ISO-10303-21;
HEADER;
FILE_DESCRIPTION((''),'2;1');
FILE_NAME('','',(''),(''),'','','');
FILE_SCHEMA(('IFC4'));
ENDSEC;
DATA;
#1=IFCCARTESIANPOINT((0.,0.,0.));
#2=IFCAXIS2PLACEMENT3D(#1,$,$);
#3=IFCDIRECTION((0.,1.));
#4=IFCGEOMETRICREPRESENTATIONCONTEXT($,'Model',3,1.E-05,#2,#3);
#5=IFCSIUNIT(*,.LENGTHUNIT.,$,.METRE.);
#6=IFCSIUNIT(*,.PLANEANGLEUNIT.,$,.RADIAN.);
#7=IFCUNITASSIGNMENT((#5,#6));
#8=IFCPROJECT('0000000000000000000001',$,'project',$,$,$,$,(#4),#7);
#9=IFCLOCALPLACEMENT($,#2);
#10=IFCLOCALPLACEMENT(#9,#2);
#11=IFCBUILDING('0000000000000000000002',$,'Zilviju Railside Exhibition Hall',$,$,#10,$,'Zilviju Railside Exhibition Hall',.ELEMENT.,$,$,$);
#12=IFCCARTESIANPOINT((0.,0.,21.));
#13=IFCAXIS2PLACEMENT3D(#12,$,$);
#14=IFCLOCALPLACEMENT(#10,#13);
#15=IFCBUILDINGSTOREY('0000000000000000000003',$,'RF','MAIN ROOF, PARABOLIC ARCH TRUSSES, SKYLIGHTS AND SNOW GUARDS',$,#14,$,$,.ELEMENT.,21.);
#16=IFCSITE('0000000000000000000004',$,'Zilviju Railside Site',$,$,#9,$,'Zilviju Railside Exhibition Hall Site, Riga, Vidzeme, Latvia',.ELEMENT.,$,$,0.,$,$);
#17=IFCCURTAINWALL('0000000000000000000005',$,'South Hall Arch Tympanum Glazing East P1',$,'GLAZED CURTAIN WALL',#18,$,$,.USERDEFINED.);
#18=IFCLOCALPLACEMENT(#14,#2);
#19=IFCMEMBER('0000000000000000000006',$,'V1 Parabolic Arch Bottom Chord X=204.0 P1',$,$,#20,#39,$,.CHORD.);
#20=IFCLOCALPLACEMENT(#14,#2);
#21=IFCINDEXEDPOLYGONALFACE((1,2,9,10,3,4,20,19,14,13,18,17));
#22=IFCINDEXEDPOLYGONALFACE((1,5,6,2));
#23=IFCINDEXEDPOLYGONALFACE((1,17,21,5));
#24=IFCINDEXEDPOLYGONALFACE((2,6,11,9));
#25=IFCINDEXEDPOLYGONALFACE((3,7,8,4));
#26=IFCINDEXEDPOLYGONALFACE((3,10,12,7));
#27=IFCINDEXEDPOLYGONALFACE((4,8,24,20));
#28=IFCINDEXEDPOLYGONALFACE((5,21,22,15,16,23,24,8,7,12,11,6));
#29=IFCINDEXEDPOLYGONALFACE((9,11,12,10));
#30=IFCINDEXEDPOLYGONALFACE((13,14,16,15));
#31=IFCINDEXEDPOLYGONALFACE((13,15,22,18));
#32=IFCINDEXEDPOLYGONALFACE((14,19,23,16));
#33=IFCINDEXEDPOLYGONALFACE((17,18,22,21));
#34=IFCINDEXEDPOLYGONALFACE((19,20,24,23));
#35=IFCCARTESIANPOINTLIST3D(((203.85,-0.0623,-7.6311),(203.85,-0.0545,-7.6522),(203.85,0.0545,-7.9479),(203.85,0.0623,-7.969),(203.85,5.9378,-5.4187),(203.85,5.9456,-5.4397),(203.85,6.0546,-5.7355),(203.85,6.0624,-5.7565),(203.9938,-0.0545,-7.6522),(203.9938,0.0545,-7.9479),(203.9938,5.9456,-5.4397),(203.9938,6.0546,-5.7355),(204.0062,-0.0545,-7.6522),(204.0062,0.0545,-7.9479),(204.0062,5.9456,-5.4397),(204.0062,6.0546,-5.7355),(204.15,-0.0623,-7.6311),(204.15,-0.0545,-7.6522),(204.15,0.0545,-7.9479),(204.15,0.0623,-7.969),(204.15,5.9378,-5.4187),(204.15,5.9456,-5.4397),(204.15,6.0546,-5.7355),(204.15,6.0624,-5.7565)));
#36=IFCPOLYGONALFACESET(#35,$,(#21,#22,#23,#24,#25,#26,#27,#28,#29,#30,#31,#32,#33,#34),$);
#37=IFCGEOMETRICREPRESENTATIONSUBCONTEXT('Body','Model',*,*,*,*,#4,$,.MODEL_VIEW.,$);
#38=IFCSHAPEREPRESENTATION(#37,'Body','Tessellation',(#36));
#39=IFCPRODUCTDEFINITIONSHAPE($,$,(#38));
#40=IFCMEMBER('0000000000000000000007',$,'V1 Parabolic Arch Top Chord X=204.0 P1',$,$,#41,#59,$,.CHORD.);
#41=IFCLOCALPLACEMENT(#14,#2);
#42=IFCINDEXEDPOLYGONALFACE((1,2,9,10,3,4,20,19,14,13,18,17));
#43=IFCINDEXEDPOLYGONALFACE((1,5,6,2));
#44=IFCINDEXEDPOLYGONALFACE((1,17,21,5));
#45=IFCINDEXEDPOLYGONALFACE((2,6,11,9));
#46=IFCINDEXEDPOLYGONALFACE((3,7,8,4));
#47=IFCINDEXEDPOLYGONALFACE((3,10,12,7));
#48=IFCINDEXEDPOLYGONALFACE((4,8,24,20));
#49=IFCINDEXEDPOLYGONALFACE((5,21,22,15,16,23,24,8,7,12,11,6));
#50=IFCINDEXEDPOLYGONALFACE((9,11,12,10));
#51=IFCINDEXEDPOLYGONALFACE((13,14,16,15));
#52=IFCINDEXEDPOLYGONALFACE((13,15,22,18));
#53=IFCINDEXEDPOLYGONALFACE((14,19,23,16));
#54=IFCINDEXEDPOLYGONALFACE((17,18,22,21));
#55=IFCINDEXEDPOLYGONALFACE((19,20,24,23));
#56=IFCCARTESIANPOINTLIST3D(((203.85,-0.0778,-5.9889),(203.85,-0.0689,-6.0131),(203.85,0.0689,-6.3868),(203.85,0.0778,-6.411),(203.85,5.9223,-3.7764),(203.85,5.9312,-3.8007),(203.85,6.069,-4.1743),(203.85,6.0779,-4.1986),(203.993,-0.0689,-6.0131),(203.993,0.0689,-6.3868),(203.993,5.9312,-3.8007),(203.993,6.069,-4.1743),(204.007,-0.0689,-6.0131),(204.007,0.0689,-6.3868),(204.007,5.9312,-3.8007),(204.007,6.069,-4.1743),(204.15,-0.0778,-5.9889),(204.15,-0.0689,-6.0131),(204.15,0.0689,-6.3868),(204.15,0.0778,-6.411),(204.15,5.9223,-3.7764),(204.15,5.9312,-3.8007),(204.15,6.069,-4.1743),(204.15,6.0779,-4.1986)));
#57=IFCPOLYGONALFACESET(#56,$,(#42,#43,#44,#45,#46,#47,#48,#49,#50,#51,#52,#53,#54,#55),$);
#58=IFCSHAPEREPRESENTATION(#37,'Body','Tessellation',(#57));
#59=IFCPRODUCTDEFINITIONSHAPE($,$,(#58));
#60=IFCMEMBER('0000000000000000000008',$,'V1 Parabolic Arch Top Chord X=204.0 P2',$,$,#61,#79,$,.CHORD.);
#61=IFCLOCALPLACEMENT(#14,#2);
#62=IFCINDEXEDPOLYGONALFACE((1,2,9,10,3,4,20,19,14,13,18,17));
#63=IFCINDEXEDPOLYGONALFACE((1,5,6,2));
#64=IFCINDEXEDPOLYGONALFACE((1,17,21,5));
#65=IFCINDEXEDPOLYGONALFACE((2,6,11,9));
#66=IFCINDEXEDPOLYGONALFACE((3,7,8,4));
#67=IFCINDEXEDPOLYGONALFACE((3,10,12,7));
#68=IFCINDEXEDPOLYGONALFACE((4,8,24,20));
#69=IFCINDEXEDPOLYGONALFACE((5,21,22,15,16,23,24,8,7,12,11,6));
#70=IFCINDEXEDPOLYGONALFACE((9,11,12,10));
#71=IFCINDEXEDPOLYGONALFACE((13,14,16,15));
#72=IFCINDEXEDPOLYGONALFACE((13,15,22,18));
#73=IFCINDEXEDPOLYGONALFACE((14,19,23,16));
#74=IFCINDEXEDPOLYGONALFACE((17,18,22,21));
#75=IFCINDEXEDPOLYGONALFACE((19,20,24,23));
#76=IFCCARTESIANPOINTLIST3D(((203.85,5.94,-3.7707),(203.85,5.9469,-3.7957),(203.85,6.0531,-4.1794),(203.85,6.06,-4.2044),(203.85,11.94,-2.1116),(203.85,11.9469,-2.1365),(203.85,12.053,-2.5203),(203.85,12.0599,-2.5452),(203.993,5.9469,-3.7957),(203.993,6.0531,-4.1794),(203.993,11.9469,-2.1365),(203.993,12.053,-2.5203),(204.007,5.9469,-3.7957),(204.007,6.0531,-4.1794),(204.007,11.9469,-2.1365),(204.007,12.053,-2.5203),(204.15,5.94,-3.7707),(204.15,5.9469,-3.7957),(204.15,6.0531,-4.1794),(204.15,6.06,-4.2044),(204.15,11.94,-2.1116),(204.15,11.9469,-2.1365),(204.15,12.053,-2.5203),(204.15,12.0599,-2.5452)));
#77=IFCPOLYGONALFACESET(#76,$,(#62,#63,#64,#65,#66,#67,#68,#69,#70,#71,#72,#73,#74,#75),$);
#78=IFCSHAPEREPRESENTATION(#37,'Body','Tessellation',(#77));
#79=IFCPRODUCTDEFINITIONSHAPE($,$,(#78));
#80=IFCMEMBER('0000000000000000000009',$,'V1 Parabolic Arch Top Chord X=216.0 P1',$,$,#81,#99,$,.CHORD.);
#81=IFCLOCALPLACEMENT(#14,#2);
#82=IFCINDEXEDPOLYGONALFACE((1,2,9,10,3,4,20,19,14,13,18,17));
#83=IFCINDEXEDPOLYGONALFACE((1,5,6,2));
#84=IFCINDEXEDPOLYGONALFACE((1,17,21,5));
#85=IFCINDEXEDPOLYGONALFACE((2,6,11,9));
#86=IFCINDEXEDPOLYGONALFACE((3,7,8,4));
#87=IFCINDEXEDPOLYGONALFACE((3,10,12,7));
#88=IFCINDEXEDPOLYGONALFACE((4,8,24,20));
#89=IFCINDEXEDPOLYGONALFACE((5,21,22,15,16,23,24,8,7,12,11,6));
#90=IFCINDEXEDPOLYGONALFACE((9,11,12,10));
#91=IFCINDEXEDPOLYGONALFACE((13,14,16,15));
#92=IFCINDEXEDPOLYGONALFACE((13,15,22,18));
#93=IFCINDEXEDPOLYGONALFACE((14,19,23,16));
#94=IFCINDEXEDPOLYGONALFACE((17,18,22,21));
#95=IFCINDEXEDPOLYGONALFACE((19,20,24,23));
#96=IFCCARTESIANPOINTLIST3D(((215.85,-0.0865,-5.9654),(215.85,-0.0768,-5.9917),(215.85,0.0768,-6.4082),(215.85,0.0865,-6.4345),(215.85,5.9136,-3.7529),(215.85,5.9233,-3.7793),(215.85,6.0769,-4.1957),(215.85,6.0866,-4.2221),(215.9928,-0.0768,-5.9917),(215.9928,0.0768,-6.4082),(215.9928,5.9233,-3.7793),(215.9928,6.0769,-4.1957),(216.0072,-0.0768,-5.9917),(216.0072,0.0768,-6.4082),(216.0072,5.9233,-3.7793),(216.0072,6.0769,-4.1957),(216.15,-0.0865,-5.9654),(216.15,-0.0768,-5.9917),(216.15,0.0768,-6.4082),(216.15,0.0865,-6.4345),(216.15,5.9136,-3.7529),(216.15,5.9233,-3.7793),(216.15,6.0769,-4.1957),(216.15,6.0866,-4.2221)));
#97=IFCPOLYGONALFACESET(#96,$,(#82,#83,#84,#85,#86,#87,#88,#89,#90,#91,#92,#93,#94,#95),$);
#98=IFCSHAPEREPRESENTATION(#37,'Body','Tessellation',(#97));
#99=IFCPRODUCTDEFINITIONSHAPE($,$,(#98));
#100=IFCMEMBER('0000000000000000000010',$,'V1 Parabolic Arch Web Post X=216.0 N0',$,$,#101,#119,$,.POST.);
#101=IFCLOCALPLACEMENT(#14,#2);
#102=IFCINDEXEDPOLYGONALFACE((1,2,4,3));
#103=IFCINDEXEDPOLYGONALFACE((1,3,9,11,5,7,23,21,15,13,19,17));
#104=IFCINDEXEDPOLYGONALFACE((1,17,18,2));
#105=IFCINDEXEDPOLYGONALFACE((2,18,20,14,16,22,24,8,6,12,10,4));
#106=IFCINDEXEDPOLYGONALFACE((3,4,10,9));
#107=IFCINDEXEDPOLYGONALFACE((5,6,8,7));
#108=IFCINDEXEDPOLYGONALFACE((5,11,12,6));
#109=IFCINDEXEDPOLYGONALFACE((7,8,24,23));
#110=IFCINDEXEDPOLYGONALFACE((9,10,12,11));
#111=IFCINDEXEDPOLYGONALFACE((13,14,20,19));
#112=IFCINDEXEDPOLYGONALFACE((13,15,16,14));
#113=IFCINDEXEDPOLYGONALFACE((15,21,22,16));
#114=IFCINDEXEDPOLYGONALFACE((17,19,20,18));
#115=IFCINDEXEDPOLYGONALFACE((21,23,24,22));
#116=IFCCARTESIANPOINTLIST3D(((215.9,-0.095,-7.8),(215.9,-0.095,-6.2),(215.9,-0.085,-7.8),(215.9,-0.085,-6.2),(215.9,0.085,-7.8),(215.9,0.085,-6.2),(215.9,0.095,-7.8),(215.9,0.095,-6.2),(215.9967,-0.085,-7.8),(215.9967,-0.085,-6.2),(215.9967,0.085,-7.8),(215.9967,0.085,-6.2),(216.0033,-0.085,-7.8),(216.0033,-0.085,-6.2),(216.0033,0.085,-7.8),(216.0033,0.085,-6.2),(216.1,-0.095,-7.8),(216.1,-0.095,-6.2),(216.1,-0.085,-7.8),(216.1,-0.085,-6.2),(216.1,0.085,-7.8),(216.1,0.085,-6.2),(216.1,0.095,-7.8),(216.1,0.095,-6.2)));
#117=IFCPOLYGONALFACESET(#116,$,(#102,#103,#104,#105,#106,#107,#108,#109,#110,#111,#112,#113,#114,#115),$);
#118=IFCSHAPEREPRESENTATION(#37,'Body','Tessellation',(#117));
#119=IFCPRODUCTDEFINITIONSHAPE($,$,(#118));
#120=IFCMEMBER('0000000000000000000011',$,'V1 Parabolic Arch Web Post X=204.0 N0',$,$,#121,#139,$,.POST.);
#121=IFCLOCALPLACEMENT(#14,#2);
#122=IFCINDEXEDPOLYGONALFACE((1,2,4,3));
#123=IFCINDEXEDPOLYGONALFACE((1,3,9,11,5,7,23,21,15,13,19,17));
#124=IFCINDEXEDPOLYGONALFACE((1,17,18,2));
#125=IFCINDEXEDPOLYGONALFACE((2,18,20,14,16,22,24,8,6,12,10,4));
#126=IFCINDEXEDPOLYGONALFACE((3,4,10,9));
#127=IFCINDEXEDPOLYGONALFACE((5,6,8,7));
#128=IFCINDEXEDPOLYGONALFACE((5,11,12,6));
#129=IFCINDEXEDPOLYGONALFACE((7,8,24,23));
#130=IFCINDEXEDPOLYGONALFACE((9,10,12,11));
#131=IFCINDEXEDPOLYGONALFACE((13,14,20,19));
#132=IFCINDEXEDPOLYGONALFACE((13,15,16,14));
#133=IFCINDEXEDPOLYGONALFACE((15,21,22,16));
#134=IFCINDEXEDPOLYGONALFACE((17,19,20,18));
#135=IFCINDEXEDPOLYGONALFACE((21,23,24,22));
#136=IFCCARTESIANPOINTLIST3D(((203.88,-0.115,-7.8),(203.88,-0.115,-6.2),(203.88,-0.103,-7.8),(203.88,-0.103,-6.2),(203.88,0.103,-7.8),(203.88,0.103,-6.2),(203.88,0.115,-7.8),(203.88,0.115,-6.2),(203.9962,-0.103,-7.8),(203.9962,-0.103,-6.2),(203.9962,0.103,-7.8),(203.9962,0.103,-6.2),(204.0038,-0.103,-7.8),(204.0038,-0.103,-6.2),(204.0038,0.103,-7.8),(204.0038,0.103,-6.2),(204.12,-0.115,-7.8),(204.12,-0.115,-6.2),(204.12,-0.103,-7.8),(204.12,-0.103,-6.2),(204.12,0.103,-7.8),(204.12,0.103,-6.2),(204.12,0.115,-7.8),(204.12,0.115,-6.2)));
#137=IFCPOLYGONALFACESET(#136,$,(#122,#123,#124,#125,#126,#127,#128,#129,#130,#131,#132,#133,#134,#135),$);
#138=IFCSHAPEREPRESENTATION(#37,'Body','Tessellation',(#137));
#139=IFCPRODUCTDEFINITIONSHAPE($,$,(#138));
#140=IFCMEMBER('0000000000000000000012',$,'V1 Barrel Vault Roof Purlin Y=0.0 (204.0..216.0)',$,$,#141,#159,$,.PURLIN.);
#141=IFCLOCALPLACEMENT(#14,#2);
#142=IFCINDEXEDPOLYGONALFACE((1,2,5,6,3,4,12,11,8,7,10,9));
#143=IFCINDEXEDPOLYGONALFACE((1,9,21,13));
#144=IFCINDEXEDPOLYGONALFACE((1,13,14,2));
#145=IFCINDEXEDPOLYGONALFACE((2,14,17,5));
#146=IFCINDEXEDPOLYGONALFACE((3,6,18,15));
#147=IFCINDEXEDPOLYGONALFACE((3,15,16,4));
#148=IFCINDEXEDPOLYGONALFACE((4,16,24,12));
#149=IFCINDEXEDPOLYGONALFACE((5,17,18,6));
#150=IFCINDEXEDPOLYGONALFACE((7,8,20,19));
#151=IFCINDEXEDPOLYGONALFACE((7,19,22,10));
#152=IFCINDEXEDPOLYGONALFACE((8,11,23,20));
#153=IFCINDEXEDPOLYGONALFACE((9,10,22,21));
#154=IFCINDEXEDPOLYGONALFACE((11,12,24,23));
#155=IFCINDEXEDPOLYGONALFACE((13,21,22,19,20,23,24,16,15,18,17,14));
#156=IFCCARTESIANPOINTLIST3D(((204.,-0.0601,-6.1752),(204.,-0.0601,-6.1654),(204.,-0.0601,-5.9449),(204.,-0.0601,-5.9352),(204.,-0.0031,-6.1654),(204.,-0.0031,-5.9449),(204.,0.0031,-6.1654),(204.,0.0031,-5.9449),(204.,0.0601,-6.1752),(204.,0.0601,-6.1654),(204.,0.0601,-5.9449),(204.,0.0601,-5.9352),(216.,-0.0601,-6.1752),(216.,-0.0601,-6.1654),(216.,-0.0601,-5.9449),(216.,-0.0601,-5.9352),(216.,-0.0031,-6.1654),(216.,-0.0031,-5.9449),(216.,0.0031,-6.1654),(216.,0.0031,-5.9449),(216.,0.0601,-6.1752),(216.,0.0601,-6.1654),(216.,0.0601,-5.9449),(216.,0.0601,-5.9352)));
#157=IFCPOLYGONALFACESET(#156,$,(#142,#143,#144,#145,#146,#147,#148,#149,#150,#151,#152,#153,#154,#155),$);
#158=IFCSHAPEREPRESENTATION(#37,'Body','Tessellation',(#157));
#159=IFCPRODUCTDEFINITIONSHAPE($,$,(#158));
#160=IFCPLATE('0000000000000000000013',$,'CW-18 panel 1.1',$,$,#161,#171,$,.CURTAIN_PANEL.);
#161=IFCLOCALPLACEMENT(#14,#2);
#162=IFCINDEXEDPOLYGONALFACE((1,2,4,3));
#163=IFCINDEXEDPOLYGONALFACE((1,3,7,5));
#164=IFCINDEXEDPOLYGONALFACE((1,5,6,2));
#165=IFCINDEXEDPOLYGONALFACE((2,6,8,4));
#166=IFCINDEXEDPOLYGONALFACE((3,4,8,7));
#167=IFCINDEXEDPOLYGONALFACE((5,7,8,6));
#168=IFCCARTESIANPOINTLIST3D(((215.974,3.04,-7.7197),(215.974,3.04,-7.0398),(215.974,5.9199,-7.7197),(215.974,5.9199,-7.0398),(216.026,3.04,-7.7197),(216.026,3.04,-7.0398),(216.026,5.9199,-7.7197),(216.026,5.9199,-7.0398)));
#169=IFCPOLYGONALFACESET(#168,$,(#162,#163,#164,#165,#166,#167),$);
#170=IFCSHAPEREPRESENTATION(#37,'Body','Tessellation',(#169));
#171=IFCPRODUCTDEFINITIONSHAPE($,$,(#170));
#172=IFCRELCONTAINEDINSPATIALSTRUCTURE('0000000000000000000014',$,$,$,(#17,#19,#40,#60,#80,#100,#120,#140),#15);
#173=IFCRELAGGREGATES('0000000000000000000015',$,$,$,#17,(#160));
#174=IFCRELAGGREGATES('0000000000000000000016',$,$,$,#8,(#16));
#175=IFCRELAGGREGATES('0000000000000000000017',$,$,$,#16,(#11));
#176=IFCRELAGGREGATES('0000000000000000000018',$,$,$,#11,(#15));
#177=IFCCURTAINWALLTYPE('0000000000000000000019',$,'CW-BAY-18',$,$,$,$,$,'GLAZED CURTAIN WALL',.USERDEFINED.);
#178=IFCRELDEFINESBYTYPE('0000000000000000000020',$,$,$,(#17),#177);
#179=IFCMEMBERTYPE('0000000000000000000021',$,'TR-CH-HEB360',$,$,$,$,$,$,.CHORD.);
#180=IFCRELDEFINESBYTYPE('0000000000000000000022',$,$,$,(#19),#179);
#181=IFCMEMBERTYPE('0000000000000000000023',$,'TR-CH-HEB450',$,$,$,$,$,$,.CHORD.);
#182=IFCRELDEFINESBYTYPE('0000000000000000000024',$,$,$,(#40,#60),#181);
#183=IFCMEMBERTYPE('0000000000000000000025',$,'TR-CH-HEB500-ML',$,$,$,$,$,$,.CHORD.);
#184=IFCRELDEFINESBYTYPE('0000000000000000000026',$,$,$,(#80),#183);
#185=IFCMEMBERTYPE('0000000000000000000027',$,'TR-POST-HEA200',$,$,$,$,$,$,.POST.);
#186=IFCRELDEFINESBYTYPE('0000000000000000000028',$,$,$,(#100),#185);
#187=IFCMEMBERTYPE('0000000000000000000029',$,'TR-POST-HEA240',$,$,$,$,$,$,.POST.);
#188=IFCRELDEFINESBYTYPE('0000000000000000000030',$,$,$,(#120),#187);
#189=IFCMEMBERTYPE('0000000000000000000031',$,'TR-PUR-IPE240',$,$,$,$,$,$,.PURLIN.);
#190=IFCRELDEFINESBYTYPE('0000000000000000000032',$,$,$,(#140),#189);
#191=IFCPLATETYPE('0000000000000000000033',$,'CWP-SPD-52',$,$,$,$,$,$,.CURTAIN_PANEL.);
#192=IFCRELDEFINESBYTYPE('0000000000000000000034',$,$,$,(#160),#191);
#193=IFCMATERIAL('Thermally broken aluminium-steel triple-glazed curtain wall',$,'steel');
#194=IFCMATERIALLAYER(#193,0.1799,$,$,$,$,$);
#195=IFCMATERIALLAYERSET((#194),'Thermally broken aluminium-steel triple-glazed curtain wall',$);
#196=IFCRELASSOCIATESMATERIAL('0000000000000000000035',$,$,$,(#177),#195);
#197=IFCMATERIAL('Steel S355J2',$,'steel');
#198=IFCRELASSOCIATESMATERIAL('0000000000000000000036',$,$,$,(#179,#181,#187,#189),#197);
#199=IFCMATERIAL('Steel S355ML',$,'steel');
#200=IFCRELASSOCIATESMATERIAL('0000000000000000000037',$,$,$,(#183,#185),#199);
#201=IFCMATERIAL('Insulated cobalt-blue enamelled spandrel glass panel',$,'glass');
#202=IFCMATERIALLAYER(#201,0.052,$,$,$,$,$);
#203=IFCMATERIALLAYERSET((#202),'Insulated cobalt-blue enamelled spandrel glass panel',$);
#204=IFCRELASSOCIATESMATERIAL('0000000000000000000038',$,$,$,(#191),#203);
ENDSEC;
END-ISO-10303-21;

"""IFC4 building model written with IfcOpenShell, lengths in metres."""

from ifc_helpers import new_model, si_unit, direction, frame, origin, origin_2d, place, context, subcontext, project, spatial, rectangle, i_section, extrude, material, layer, layer_set, material_profile, profile_set, type_object, element, aggregate, save


model = new_model("IFC4")

# Units and contexts
model_context = context("Model", 3, precision=1e-05, world=origin(), true_north=direction((0.0, 1.0)))
body_context = subcontext(model_context, "Body", "Model", "MODEL_VIEW")
ifc_project = project(units=[si_unit("LENGTHUNIT", "METRE"), si_unit("PLANEANGLEUNIT", "RADIAN")], contexts=[model_context])

# Site, building, storey
site_placement = place(None, origin())
site = spatial("IfcSite", under=ifc_project, at=site_placement, Name="Zilviju Railside Site", LongName="Zilviju Railside Exhibition Hall Site, Riga, Vidzeme, Latvia", CompositionType="ELEMENT", RefElevation=0.0)
building_placement = place(site_placement, origin())
building = spatial("IfcBuilding", under=site, at=building_placement, Name="Zilviju Railside Exhibition Hall", LongName="Zilviju Railside Exhibition Hall", CompositionType="ELEMENT")
storey_placement = place(building_placement, frame((0.0, 0.0, 21.0)))
storey = spatial("IfcBuildingStorey", under=building, at=storey_placement, Name="RF", Description="MAIN ROOF, PARABOLIC ARCH TRUSSES, SKYLIGHTS AND SNOW GUARDS", CompositionType="ELEMENT", Elevation=21.0)

# Curtain wall
ifc_material_1 = material(Name="Thermally broken aluminium-steel triple-glazed curtain wall", Category="steel")
ifc_layer_1 = layer(ifc_material_1, 0.1799)
ifc_layer_set_1 = layer_set([ifc_layer_1], Name="Thermally broken aluminium-steel triple-glazed curtain wall")
curtain_wall_type = type_object("IfcCurtainWallType", Name="CW-BAY-18", ElementType="GLAZED CURTAIN WALL", PredefinedType="USERDEFINED", material=ifc_layer_set_1)
curtain_wall_placement = place(storey_placement, origin())
curtain_wall = element("IfcCurtainWall", 1, at=curtain_wall_placement, inside=storey, type_object=curtain_wall_type, Name="South Hall Arch Tympanum Glazing East P1", ObjectType="GLAZED CURTAIN WALL", PredefinedType="USERDEFINED")

# Members
ifc_material_2 = material(Name="Steel S355J2", Category="steel")
ifc_material_3 = material(Name="Steel S355ML", Category="steel")
ifc_material_profile_1 = material_profile(ifc_material_2, i_section(OverallWidth=0.3, OverallDepth=0.3601, WebThickness=0.0125, FlangeThickness=0.0225, at=origin_2d()), Name="HEB 360")
ifc_profile_set_1 = profile_set([ifc_material_profile_1], Name="Steel S355J2")
member_type_1 = type_object("IfcMemberType", Name="TR-CH-HEB360", PredefinedType="CHORD", material=ifc_profile_set_1)
member_1_placement = place(storey_placement, frame((204.0, 0.0, -7.8), z_axis=(0.0, 0.938248, 0.345964), x_axis=(-1.0, 0.0, 0.0)))
element("IfcMember", 2, at=member_1_placement, inside=storey, type_object=member_type_1, Name="V1 Parabolic Arch Bottom Chord X=204.0 P1", PredefinedType="CHORD", context=body_context, shape_type="SweptSolid", body=[
    extrude(i_section(OverallWidth=0.3, OverallDepth=0.3601, WebThickness=0.0125, FlangeThickness=0.0225, at=origin_2d()), origin(), (0.0, 0.0, 1.0), 6.395),
])
ifc_material_profile_2 = material_profile(ifc_material_2, i_section(OverallWidth=0.3, OverallDepth=0.45, WebThickness=0.0139, FlangeThickness=0.0259, at=origin_2d()), Name="HEB 450")
ifc_profile_set_2 = profile_set([ifc_material_profile_2], Name="Steel S355J2")
member_type_2 = type_object("IfcMemberType", Name="TR-CH-HEB450", PredefinedType="CHORD", material=ifc_profile_set_2)
member_2_placement = place(storey_placement, frame((204.0, 0.0, -6.2), z_axis=(0.0, 0.938248, 0.345964), x_axis=(-1.0, 0.0, 0.0)))
element("IfcMember", 3, at=member_2_placement, inside=storey, type_object=member_type_2, Name="V1 Parabolic Arch Top Chord X=204.0 P1", PredefinedType="CHORD", context=body_context, shape_type="SweptSolid", body=[
    extrude(i_section(OverallWidth=0.3, OverallDepth=0.45, WebThickness=0.0139, FlangeThickness=0.0259, at=origin_2d()), origin(), (0.0, 0.0, 1.0), 6.395),
])
member_3_placement = place(storey_placement, frame((204.0, 6.0, -3.9875), z_axis=(0.0, 0.963827, 0.266527), x_axis=(-1.0, 0.0, 0.0)))
element("IfcMember", 4, at=member_3_placement, inside=storey, type_object=member_type_2, Name="V1 Parabolic Arch Top Chord X=204.0 P2", PredefinedType="CHORD", context=body_context, shape_type="SweptSolid", body=[
    extrude(i_section(OverallWidth=0.3, OverallDepth=0.45, WebThickness=0.0139, FlangeThickness=0.0259, at=origin_2d()), origin(), (0.0, 0.0, 1.0), 6.2251),
])
ifc_material_profile_3 = material_profile(ifc_material_3, i_section(OverallWidth=0.3, OverallDepth=0.5, WebThickness=0.0144, FlangeThickness=0.0281, at=origin_2d()), Name="HEB 500")
ifc_profile_set_3 = profile_set([ifc_material_profile_3], Name="Steel S355ML")
member_type_3 = type_object("IfcMemberType", Name="TR-CH-HEB500-ML", PredefinedType="CHORD", material=ifc_profile_set_3)
member_4_placement = place(storey_placement, frame((216.0, 0.0, -6.2), z_axis=(0.0, 0.938248, 0.345964), x_axis=(-1.0, 0.0, 0.0)))
element("IfcMember", 5, at=member_4_placement, inside=storey, type_object=member_type_3, Name="V1 Parabolic Arch Top Chord X=216.0 P1", PredefinedType="CHORD", context=body_context, shape_type="SweptSolid", body=[
    extrude(i_section(OverallWidth=0.3, OverallDepth=0.5, WebThickness=0.0144, FlangeThickness=0.0281, at=origin_2d()), origin(), (0.0, 0.0, 1.0), 6.395),
])
ifc_material_profile_4 = material_profile(ifc_material_3, i_section(OverallWidth=0.2, OverallDepth=0.1899, WebThickness=0.0066, FlangeThickness=0.01, at=origin_2d()), Name="HEA 200")
ifc_profile_set_4 = profile_set([ifc_material_profile_4], Name="Steel S355ML")
member_type_4 = type_object("IfcMemberType", Name="TR-POST-HEA200", PredefinedType="POST", material=ifc_profile_set_4)
member_5_placement = place(storey_placement, frame((216.0, 0.0, -7.8), z_axis=(0.0, 0.0, 1.0), x_axis=(1.0, 0.0, 0.0)))
element("IfcMember", 6, at=member_5_placement, inside=storey, type_object=member_type_4, Name="V1 Parabolic Arch Web Post X=216.0 N0", PredefinedType="POST", context=body_context, shape_type="SweptSolid", body=[
    extrude(i_section(OverallWidth=0.2, OverallDepth=0.1899, WebThickness=0.0066, FlangeThickness=0.01, at=origin_2d()), origin(), (0.0, 0.0, 1.0), 1.6001),
])
ifc_material_profile_5 = material_profile(ifc_material_2, i_section(OverallWidth=0.24, OverallDepth=0.23, WebThickness=0.0076, FlangeThickness=0.012, at=origin_2d()), Name="HEA 240")
ifc_profile_set_5 = profile_set([ifc_material_profile_5], Name="Steel S355J2")
member_type_5 = type_object("IfcMemberType", Name="TR-POST-HEA240", PredefinedType="POST", material=ifc_profile_set_5)
member_6_placement = place(storey_placement, frame((204.0, 0.0, -7.8), z_axis=(0.0, 0.0, 1.0), x_axis=(1.0, 0.0, 0.0)))
element("IfcMember", 7, at=member_6_placement, inside=storey, type_object=member_type_5, Name="V1 Parabolic Arch Web Post X=204.0 N0", PredefinedType="POST", context=body_context, shape_type="SweptSolid", body=[
    extrude(i_section(OverallWidth=0.24, OverallDepth=0.23, WebThickness=0.0076, FlangeThickness=0.012, at=origin_2d()), origin(), (0.0, 0.0, 1.0), 1.6001),
])
ifc_material_profile_6 = material_profile(ifc_material_2, i_section(OverallWidth=0.1201, OverallDepth=0.24, WebThickness=0.0061, FlangeThickness=0.0098, at=origin_2d()), Name="IPE 240")
ifc_profile_set_6 = profile_set([ifc_material_profile_6], Name="Steel S355J2")
member_type_6 = type_object("IfcMemberType", Name="TR-PUR-IPE240", PredefinedType="PURLIN", material=ifc_profile_set_6)
member_7_placement = place(storey_placement, frame((204.0, 0.0, -6.0552), z_axis=(1.0, 0.0, 0.0), x_axis=(0.0, 1.0, 0.0)))
element("IfcMember", 8, at=member_7_placement, inside=storey, type_object=member_type_6, Name="V1 Barrel Vault Roof Purlin Y=0.0 (204.0..216.0)", PredefinedType="PURLIN", context=body_context, shape_type="SweptSolid", body=[
    extrude(i_section(OverallWidth=0.1201, OverallDepth=0.24, WebThickness=0.0061, FlangeThickness=0.0098, at=origin_2d()), origin(), (0.0, 0.0, 1.0), 12.0),
])

# Plate
ifc_material_4 = material(Name="Insulated cobalt-blue enamelled spandrel glass panel", Category="glass")
ifc_layer_2 = layer(ifc_material_4, 0.052)
ifc_layer_set_2 = layer_set([ifc_layer_2], Name="Insulated cobalt-blue enamelled spandrel glass panel")
plate_type_1 = type_object("IfcPlateType", Name="CWP-SPD-52", PredefinedType="CURTAIN_PANEL", material=ifc_layer_set_2)
plate_1_placement = place(storey_placement, frame((216.0, 4.48, -7.7197), z_axis=(0.0, 0.0, 1.0), x_axis=(0.0, -1.0, 0.0)))
plate_1 = element("IfcPlate", 9, at=plate_1_placement, type_object=plate_type_1, Name="CW-18 panel 1.1", PredefinedType="CURTAIN_PANEL", context=body_context, shape_type="SweptSolid", body=[
    extrude(rectangle(XDim=2.8799, YDim=0.052, at=origin_2d()), origin(), (0.0, 0.0, 1.0), 0.6799),
])
aggregate(curtain_wall, [plate_1])

save(model, "model.ifc")
